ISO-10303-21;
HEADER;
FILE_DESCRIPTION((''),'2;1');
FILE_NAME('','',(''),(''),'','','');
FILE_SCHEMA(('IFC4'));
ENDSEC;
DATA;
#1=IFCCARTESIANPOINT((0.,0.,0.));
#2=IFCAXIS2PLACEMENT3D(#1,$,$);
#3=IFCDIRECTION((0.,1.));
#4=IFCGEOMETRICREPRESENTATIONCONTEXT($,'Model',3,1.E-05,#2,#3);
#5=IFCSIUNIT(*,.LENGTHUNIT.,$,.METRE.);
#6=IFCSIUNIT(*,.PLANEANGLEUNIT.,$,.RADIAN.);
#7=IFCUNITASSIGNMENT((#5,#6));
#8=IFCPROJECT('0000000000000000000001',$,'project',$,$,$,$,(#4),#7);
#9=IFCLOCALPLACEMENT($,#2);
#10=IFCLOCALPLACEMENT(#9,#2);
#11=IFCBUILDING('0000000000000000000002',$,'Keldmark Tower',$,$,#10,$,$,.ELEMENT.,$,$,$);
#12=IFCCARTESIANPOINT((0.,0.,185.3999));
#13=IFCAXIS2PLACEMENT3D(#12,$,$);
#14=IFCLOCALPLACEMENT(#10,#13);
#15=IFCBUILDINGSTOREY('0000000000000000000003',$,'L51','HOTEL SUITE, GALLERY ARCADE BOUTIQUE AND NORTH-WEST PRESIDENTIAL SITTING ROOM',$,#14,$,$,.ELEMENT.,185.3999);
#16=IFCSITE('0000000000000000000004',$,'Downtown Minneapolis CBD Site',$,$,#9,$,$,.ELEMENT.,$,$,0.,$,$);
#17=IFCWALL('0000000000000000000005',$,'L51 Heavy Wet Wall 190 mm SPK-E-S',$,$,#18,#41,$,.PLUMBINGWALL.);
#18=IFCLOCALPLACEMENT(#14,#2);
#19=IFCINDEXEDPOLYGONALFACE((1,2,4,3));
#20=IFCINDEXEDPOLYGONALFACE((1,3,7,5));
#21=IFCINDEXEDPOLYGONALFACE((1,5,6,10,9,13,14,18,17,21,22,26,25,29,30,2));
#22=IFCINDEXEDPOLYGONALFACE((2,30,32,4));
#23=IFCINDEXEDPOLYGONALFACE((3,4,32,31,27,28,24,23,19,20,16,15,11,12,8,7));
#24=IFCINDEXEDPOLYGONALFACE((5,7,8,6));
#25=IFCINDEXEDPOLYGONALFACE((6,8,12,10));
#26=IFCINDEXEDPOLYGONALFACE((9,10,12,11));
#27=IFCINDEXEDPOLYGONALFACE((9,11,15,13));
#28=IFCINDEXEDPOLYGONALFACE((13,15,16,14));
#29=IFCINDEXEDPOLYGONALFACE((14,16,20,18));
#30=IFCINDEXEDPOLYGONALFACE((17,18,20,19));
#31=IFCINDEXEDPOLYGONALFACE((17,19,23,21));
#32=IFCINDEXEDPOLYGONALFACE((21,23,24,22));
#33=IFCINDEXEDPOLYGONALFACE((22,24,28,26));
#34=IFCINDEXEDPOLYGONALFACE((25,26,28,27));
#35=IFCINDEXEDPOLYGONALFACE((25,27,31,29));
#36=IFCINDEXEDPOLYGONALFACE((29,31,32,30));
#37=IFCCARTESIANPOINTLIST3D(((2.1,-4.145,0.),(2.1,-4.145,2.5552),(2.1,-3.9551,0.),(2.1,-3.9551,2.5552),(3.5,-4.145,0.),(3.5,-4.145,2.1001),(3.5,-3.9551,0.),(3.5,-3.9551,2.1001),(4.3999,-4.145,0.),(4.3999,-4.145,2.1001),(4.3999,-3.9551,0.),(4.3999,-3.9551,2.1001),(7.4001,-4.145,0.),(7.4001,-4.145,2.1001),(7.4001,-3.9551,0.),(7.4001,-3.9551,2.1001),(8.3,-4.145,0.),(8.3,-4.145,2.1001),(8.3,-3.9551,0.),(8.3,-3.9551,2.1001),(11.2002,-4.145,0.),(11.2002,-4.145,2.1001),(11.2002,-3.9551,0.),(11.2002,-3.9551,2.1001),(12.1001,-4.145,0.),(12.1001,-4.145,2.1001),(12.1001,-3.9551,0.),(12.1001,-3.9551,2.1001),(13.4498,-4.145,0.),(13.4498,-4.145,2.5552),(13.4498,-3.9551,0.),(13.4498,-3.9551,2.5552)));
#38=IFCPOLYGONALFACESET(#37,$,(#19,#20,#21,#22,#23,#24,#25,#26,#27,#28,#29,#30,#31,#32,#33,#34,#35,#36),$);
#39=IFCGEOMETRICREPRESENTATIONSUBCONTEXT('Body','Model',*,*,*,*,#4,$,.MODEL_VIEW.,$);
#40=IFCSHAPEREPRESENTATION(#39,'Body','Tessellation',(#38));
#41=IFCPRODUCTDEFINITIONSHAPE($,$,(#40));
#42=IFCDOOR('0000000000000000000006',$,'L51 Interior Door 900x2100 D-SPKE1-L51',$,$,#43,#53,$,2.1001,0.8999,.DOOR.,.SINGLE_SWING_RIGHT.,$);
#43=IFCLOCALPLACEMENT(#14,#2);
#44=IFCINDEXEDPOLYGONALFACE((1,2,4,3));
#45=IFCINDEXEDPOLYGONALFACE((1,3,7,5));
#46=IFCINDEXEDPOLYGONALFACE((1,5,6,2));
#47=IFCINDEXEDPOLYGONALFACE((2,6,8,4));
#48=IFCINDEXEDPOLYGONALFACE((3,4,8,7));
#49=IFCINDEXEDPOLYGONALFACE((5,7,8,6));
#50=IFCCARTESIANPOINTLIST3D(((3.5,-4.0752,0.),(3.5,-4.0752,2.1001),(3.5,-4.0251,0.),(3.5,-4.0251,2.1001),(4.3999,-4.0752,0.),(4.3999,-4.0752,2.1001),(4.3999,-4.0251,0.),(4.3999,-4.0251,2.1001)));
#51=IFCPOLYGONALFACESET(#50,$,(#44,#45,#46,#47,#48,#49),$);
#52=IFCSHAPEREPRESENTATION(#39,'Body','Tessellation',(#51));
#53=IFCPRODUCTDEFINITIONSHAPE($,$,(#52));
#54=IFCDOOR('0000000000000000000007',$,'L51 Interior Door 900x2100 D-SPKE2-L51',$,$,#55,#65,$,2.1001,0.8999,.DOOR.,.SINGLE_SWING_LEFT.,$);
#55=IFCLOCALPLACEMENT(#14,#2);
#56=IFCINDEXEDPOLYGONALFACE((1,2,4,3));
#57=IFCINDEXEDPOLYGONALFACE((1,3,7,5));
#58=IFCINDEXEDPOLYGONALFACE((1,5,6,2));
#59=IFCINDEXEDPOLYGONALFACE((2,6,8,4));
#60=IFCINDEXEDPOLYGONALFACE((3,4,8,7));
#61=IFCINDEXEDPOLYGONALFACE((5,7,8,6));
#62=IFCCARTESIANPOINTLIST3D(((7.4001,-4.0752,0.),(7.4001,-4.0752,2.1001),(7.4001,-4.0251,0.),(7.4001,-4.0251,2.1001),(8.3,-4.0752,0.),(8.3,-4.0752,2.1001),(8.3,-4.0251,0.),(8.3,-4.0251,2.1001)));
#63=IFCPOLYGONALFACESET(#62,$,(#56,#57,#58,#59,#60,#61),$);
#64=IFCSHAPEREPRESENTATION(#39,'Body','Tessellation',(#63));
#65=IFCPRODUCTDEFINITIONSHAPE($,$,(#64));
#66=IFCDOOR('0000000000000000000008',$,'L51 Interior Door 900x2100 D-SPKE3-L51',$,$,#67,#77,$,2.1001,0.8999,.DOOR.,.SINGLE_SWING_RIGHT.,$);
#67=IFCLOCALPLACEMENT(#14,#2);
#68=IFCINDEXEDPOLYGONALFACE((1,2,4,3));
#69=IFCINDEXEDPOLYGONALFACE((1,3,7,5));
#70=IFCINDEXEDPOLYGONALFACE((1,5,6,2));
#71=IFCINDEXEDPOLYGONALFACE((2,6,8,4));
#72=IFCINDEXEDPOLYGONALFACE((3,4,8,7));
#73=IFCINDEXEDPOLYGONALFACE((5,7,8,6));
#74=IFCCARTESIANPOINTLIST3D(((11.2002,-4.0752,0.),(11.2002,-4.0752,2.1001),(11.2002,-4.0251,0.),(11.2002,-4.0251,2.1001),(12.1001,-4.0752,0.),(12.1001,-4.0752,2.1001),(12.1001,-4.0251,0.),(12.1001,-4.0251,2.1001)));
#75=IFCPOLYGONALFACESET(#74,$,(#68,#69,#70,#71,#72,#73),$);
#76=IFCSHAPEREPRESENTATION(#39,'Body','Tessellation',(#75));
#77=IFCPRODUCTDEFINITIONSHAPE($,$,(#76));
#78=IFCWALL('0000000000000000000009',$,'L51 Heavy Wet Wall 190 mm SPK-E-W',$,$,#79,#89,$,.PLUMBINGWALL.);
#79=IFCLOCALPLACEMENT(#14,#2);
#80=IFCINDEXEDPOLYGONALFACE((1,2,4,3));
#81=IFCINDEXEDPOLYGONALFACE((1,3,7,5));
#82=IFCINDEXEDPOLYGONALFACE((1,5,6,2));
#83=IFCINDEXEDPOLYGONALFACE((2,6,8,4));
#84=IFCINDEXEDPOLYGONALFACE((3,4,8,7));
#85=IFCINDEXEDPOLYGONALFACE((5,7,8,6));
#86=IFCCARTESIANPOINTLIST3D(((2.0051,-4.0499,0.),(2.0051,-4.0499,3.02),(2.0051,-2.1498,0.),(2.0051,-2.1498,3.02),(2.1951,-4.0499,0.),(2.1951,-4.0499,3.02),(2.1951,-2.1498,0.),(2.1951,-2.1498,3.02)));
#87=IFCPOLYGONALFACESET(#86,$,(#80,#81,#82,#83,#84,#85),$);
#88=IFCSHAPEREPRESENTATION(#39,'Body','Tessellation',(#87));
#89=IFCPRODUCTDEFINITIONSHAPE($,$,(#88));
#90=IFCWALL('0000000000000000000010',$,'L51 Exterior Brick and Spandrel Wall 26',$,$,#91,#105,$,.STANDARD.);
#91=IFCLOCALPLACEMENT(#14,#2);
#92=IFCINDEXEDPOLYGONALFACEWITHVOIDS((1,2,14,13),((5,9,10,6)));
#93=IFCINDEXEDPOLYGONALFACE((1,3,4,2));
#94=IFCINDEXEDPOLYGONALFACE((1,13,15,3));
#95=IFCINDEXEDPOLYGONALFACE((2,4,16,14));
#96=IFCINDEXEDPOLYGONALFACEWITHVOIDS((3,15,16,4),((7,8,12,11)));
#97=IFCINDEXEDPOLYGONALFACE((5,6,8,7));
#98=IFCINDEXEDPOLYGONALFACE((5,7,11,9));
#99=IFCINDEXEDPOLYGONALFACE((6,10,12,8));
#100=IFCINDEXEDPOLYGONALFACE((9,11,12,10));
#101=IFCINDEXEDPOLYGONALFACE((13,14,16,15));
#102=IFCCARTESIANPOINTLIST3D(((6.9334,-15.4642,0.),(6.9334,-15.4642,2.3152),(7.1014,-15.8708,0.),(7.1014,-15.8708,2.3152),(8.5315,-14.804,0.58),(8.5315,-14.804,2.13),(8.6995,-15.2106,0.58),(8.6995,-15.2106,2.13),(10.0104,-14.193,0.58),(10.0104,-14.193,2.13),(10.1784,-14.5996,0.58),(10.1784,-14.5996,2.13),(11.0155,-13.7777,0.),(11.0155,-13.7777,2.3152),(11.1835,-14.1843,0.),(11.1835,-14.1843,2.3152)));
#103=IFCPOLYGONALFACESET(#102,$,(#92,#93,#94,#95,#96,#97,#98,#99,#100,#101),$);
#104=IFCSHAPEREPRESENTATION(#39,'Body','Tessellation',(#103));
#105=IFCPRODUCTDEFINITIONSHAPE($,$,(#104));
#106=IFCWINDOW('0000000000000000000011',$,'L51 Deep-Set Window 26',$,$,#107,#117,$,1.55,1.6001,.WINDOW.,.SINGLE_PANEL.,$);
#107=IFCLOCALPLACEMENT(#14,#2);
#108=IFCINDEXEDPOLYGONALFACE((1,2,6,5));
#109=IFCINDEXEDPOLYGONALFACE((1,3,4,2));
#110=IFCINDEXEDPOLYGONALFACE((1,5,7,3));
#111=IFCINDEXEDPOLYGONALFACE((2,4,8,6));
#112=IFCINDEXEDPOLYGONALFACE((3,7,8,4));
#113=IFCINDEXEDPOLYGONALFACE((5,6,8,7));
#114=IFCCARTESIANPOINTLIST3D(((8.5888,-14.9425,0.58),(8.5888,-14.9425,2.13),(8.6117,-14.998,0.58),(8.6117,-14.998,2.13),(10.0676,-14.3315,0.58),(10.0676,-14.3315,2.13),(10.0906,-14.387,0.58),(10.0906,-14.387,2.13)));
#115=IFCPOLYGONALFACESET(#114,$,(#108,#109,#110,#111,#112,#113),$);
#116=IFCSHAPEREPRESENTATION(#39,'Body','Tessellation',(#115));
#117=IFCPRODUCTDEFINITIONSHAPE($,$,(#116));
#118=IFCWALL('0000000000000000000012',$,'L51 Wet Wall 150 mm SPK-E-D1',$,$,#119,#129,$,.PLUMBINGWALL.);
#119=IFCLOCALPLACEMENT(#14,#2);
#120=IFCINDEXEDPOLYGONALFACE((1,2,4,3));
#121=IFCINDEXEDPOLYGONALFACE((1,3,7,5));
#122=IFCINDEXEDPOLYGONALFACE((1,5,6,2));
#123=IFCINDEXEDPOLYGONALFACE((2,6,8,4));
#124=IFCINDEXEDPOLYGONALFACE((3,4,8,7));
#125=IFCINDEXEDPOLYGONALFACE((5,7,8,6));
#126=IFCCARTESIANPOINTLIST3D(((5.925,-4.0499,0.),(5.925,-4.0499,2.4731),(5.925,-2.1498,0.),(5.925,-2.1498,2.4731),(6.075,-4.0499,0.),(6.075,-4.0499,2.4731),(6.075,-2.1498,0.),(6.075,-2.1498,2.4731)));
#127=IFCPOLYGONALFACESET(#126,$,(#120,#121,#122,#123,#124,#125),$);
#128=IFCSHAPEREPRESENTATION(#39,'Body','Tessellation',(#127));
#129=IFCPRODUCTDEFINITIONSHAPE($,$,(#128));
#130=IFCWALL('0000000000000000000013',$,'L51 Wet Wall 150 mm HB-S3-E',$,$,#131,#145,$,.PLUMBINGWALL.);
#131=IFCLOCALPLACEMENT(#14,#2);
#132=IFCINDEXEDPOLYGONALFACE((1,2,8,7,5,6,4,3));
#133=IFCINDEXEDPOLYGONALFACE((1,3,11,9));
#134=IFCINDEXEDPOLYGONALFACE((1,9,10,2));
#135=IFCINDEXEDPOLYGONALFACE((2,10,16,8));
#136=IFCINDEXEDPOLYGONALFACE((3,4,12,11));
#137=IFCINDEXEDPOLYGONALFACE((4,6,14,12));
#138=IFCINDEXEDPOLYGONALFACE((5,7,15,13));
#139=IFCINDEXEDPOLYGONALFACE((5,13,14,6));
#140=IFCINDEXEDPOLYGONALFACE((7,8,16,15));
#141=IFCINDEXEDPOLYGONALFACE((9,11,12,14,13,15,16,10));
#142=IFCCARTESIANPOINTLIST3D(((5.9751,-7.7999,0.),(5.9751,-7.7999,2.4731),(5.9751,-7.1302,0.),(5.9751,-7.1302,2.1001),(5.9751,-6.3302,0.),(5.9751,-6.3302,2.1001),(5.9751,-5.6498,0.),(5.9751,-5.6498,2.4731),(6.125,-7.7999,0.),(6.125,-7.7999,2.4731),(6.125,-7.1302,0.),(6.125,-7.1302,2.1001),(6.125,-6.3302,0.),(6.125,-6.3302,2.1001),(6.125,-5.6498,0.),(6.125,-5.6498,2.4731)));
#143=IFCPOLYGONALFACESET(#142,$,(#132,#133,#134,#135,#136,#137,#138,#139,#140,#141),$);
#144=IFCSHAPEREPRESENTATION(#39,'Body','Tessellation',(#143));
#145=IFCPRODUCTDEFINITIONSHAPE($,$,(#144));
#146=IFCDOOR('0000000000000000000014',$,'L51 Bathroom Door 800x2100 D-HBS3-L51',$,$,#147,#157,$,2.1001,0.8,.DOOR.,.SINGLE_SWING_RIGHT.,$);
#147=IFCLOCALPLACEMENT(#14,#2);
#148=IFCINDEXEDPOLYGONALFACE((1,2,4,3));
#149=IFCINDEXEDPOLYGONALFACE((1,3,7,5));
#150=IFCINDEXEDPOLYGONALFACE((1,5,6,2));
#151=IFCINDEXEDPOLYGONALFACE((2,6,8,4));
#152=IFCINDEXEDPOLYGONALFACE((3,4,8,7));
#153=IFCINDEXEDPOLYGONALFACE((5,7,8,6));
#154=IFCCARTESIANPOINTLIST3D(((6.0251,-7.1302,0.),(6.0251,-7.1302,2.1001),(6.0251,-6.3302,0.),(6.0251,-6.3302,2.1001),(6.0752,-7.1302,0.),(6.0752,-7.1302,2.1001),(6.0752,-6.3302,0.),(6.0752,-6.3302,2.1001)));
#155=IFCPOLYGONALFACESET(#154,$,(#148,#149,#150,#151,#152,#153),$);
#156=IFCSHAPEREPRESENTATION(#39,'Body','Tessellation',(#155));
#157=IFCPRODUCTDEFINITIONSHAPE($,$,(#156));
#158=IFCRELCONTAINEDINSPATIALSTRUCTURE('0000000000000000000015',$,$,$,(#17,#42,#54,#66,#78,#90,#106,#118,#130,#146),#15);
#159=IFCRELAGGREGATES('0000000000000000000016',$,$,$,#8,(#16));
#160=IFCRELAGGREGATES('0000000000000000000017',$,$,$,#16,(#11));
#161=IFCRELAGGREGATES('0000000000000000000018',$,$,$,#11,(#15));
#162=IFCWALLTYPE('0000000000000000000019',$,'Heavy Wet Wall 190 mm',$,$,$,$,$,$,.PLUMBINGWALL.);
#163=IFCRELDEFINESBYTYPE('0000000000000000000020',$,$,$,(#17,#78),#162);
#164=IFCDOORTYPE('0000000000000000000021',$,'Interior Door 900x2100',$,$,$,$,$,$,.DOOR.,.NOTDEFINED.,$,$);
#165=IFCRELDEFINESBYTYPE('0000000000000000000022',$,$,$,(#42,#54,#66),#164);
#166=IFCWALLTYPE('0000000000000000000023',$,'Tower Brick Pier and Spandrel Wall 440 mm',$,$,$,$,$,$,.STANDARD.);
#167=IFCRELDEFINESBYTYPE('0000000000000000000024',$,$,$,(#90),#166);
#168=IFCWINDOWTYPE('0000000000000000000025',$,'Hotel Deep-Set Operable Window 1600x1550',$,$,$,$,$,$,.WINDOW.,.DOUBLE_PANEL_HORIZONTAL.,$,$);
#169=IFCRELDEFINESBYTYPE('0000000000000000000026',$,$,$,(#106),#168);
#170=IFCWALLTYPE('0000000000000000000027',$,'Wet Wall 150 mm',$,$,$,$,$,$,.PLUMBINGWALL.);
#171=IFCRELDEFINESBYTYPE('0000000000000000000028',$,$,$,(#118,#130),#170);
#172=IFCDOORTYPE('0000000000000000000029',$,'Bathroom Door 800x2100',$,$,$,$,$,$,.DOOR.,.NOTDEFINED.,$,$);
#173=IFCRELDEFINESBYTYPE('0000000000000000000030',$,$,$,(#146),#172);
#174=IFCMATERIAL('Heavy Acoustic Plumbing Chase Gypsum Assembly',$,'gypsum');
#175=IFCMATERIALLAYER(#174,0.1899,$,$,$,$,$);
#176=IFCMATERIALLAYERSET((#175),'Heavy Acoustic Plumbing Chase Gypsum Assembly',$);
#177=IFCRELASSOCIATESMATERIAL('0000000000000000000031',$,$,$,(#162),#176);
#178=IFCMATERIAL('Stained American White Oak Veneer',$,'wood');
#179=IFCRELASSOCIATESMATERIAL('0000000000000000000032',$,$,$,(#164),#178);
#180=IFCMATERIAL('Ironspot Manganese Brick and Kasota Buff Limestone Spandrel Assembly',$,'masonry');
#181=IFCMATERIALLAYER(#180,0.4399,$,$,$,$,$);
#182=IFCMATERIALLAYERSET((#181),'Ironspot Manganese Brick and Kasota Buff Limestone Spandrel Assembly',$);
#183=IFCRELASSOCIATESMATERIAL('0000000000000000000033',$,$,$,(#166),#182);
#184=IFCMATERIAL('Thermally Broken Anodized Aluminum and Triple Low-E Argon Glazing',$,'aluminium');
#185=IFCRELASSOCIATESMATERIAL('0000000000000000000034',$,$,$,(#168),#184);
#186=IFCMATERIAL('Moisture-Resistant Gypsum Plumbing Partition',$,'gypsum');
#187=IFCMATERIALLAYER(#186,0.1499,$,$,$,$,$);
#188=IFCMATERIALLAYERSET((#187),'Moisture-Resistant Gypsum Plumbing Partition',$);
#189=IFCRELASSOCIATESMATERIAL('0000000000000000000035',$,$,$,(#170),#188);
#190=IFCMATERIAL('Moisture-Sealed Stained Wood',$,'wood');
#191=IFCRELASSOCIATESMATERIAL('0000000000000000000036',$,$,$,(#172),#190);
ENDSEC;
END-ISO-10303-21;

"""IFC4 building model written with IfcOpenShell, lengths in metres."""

from ifc_helpers import new_model, si_unit, direction, frame, frame_2d, origin, place, context, subcontext, project, spatial, rectangle, extrude, material, layer, layer_set, type_object, element, fill, save


model = new_model("IFC4")

# Units and contexts
model_context = context("Model", 3, precision=1e-05, world=origin(), true_north=direction((0.0, 1.0)))
body_context = subcontext(model_context, "Body", "Model", "MODEL_VIEW")
ifc_project = project(units=[si_unit("LENGTHUNIT", "METRE"), si_unit("PLANEANGLEUNIT", "RADIAN")], contexts=[model_context])

# Site, building, storey
site_placement = place(None, origin())
site = spatial("IfcSite", under=ifc_project, at=site_placement, Name="Downtown Minneapolis CBD Site", CompositionType="ELEMENT", RefElevation=0.0)
building_placement = place(site_placement, origin())
building = spatial("IfcBuilding", under=site, at=building_placement, Name="Keldmark Tower", CompositionType="ELEMENT")
storey_placement = place(building_placement, frame((0.0, 0.0, 185.3999)))
storey = spatial("IfcBuildingStorey", under=building, at=storey_placement, Name="L51", Description="HOTEL SUITE, GALLERY ARCADE BOUTIQUE AND NORTH-WEST PRESIDENTIAL SITTING ROOM", CompositionType="ELEMENT", Elevation=185.3999)

# Wall, openings, doors
ifc_material_1 = material(Name="Heavy Acoustic Plumbing Chase Gypsum Assembly", Category="gypsum")
ifc_layer_1 = layer(ifc_material_1, 0.1899)
ifc_layer_set_1 = layer_set([ifc_layer_1], Name="Heavy Acoustic Plumbing Chase Gypsum Assembly")
wall_type_1 = type_object("IfcWallType", Name="Heavy Wet Wall 190 mm", PredefinedType="PLUMBINGWALL", material=ifc_layer_set_1)
wall_1_placement = place(storey_placement, frame((2.1001, -4.05, 0.0), z_axis=(0.0, 0.0, 1.0), x_axis=(1.0, 0.0, 0.0)))
wall_1 = element("IfcWall", 1, at=wall_1_placement, inside=storey, type_object=wall_type_1, Name="L51 Heavy Wet Wall 190 mm SPK-E-S", PredefinedType="PLUMBINGWALL", context=body_context, shape_type="SweptSolid", body=[
    extrude(rectangle(XDim=11.3499, YDim=0.1899, at=frame_2d((5.6748, 0.0))), origin(), (0.0, 0.0, 1.0), 2.5552),
])
opening_1_placement = place(wall_1_placement, frame((1.3999, 0.0, 0.0)))
opening_1 = element("IfcOpeningElement", 2, at=opening_1_placement, cuts=wall_1, PredefinedType="OPENING", context=body_context, shape_type="SweptSolid", body=[
    extrude(rectangle(XDim=0.8999, YDim=2.1001, at=frame_2d((0.45, 1.05))), frame((0.0, 0.105, 0.0), z_axis=(0.0, -1.0, 0.0), x_axis=(1.0, 0.0, 0.0)), (0.0, 0.0, 1.0), 0.21),
])
opening_2_placement = place(wall_1_placement, frame((5.3, 0.0, 0.0)))
opening_2 = element("IfcOpeningElement", 3, at=opening_2_placement, cuts=wall_1, PredefinedType="OPENING", context=body_context, shape_type="SweptSolid", body=[
    extrude(rectangle(XDim=0.8999, YDim=2.1001, at=frame_2d((0.45, 1.05))), frame((0.0, 0.105, 0.0), z_axis=(0.0, -1.0, 0.0), x_axis=(1.0, 0.0, 0.0)), (0.0, 0.0, 1.0), 0.21),
])
opening_3_placement = place(wall_1_placement, frame((9.1001, 0.0, 0.0)))
opening_3 = element("IfcOpeningElement", 4, at=opening_3_placement, cuts=wall_1, PredefinedType="OPENING", context=body_context, shape_type="SweptSolid", body=[
    extrude(rectangle(XDim=0.8999, YDim=2.1001, at=frame_2d((0.45, 1.05))), frame((0.0, 0.105, 0.0), z_axis=(0.0, -1.0, 0.0), x_axis=(1.0, 0.0, 0.0)), (0.0, 0.0, 1.0), 0.21),
])
ifc_material_2 = material(Name="Stained American White Oak Veneer", Category="wood")
door_type_1 = type_object("IfcDoorType", Name="Interior Door 900x2100", OperationType="NOTDEFINED", PredefinedType="DOOR", material=ifc_material_2)
door_1_placement = place(opening_1_placement, origin())
door_1 = element("IfcDoor", 5, at=door_1_placement, inside=storey, type_object=door_type_1, Name="L51 Interior Door 900x2100 D-SPKE1-L51", OperationType="SINGLE_SWING_RIGHT", OverallHeight=2.1001, OverallWidth=0.8999, PredefinedType="DOOR", context=body_context, shape_type="SweptSolid", body=[
    extrude(rectangle(XDim=0.8999, YDim=2.1001, at=frame_2d((0.45, 1.05))), frame((0.0, 0.0249, 0.0), z_axis=(0.0, -1.0, 0.0), x_axis=(1.0, 0.0, 0.0)), (0.0, 0.0, 1.0), 0.05),
])
fill(opening_1, door_1)
door_2_placement = place(opening_2_placement, origin())
door_2 = element("IfcDoor", 6, at=door_2_placement, inside=storey, type_object=door_type_1, Name="L51 Interior Door 900x2100 D-SPKE2-L51", OperationType="SINGLE_SWING_LEFT", OverallHeight=2.1001, OverallWidth=0.8999, PredefinedType="DOOR", context=body_context, shape_type="SweptSolid", body=[
    extrude(rectangle(XDim=0.8999, YDim=2.1001, at=frame_2d((0.45, 1.05))), frame((0.0, 0.0249, 0.0), z_axis=(0.0, -1.0, 0.0), x_axis=(1.0, 0.0, 0.0)), (0.0, 0.0, 1.0), 0.05),
])
fill(opening_2, door_2)
door_3_placement = place(opening_3_placement, origin())
door_3 = element("IfcDoor", 7, at=door_3_placement, inside=storey, type_object=door_type_1, Name="L51 Interior Door 900x2100 D-SPKE3-L51", OperationType="SINGLE_SWING_RIGHT", OverallHeight=2.1001, OverallWidth=0.8999, PredefinedType="DOOR", context=body_context, shape_type="SweptSolid", body=[
    extrude(rectangle(XDim=0.8999, YDim=2.1001, at=frame_2d((0.45, 1.05))), frame((0.0, 0.0249, 0.0), z_axis=(0.0, -1.0, 0.0), x_axis=(1.0, 0.0, 0.0)), (0.0, 0.0, 1.0), 0.05),
])
fill(opening_3, door_3)

# Wall
wall_2_placement = place(storey_placement, frame((2.1001, -4.05, 0.0), z_axis=(0.0, 0.0, 1.0), x_axis=(0.0, 1.0, 0.0)))
element("IfcWall", 8, at=wall_2_placement, inside=storey, type_object=wall_type_1, Name="L51 Heavy Wet Wall 190 mm SPK-E-W", PredefinedType="PLUMBINGWALL", context=body_context, shape_type="SweptSolid", body=[
    extrude(rectangle(XDim=1.9001, YDim=0.1899, at=frame_2d((0.9502, 0.0))), origin(), (0.0, 0.0, 1.0), 3.02),
])

# Wall, opening, window
ifc_material_3 = material(Name="Ironspot Manganese Brick and Kasota Buff Limestone Spandrel Assembly", Category="masonry")
ifc_layer_2 = layer(ifc_material_3, 0.4399)
ifc_layer_set_2 = layer_set([ifc_layer_2], Name="Ironspot Manganese Brick and Kasota Buff Limestone Spandrel Assembly")
wall_type_2 = type_object("IfcWallType", Name="Tower Brick Pier and Spandrel Wall 440 mm", PredefinedType="STANDARD", material=ifc_layer_set_2)
wall_3_placement = place(storey_placement, frame((11.0996, -13.981, 0.0), z_axis=(0.0, 0.0, 1.0), x_axis=(-0.924224, -0.38185, 0.0)))
wall_3 = element("IfcWall", 9, at=wall_3_placement, inside=storey, type_object=wall_type_2, Name="L51 Exterior Brick and Spandrel Wall 26", PredefinedType="STANDARD", context=body_context, shape_type="SweptSolid", body=[
    extrude(rectangle(XDim=4.4167, YDim=0.4399, at=frame_2d((2.2085, 0.0))), origin(), (0.0, 0.0, 1.0), 2.3152),
])
opening_4_placement = place(wall_3_placement, frame((1.0876, 0.0, 0.5801)))
opening_4 = element("IfcOpeningElement", 10, at=opening_4_placement, cuts=wall_3, PredefinedType="OPENING", context=body_context, shape_type="SweptSolid", body=[
    extrude(rectangle(XDim=1.6001, YDim=1.55, at=frame_2d((0.8, 0.7749))), frame((0.0, 0.23, 0.0), z_axis=(0.0, -1.0, 0.0), x_axis=(1.0, 0.0, 0.0)), (0.0, 0.0, 1.0), 0.46),
])
ifc_material_4 = material(Name="Thermally Broken Anodized Aluminum and Triple Low-E Argon Glazing", Category="aluminium")
window_type = type_object("IfcWindowType", Name="Hotel Deep-Set Operable Window 1600x1550", PartitioningType="DOUBLE_PANEL_HORIZONTAL", PredefinedType="WINDOW", material=ifc_material_4)
window_placement = place(opening_4_placement, origin())
window = element("IfcWindow", 11, at=window_placement, inside=storey, type_object=window_type, Name="L51 Deep-Set Window 26", OverallHeight=1.55, OverallWidth=1.6001, PartitioningType="SINGLE_PANEL", PredefinedType="WINDOW", context=body_context, shape_type="SweptSolid", body=[
    extrude(rectangle(XDim=1.6001, YDim=1.55, at=frame_2d((0.8, 0.7749))), frame((0.0, -0.01, 0.0), z_axis=(0.0, -1.0, 0.0), x_axis=(1.0, 0.0, 0.0)), (0.0, 0.0, 1.0), 0.0601),
])
fill(opening_4, window)

# Wall
ifc_material_5 = material(Name="Moisture-Resistant Gypsum Plumbing Partition", Category="gypsum")
ifc_layer_3 = layer(ifc_material_5, 0.1499)
ifc_layer_set_3 = layer_set([ifc_layer_3], Name="Moisture-Resistant Gypsum Plumbing Partition")
wall_type_3 = type_object("IfcWallType", Name="Wet Wall 150 mm", PredefinedType="PLUMBINGWALL", material=ifc_layer_set_3)
wall_4_placement = place(storey_placement, frame((6.0, -4.05, 0.0), z_axis=(0.0, 0.0, 1.0), x_axis=(0.0, 1.0, 0.0)))
element("IfcWall", 12, at=wall_4_placement, inside=storey, type_object=wall_type_3, Name="L51 Wet Wall 150 mm SPK-E-D1", PredefinedType="PLUMBINGWALL", context=body_context, shape_type="SweptSolid", body=[
    extrude(rectangle(XDim=1.9001, YDim=0.1499, at=frame_2d((0.9502, 0.0))), origin(), (0.0, 0.0, 1.0), 2.4731),
])

# Wall, opening, door
wall_5_placement = place(storey_placement, frame((6.05, -7.8, 0.0), z_axis=(0.0, 0.0, 1.0), x_axis=(0.0, 1.0, 0.0)))
wall_5 = element("IfcWall", 13, at=wall_5_placement, inside=storey, type_object=wall_type_3, Name="L51 Wet Wall 150 mm HB-S3-E", PredefinedType="PLUMBINGWALL", context=body_context, shape_type="SweptSolid", body=[
    extrude(rectangle(XDim=2.1501, YDim=0.1499, at=frame_2d((1.0752, 0.0))), origin(), (0.0, 0.0, 1.0), 2.4731),
])
opening_5_placement = place(wall_5_placement, frame((0.6699, 0.0, 0.0)))
opening_5 = element("IfcOpeningElement", 14, at=opening_5_placement, cuts=wall_5, PredefinedType="OPENING", context=body_context, shape_type="SweptSolid", body=[
    extrude(rectangle(XDim=0.8, YDim=2.1001, at=frame_2d((0.3999, 1.05))), frame((0.0, 0.085, 0.0), z_axis=(0.0, -1.0, 0.0), x_axis=(1.0, 0.0, 0.0)), (0.0, 0.0, 1.0), 0.1699),
])
ifc_material_6 = material(Name="Moisture-Sealed Stained Wood", Category="wood")
door_type_2 = type_object("IfcDoorType", Name="Bathroom Door 800x2100", OperationType="NOTDEFINED", PredefinedType="DOOR", material=ifc_material_6)
door_4_placement = place(opening_5_placement, origin())
door_4 = element("IfcDoor", 15, at=door_4_placement, inside=storey, type_object=door_type_2, Name="L51 Bathroom Door 800x2100 D-HBS3-L51", OperationType="SINGLE_SWING_RIGHT", OverallHeight=2.1001, OverallWidth=0.8, PredefinedType="DOOR", context=body_context, shape_type="SweptSolid", body=[
    extrude(rectangle(XDim=0.8, YDim=2.1001, at=frame_2d((0.3999, 1.05))), frame((0.0, 0.0249, 0.0), z_axis=(0.0, -1.0, 0.0), x_axis=(1.0, 0.0, 0.0)), (0.0, 0.0, 1.0), 0.05),
])
fill(opening_5, door_4)

save(model, "model.ifc")
